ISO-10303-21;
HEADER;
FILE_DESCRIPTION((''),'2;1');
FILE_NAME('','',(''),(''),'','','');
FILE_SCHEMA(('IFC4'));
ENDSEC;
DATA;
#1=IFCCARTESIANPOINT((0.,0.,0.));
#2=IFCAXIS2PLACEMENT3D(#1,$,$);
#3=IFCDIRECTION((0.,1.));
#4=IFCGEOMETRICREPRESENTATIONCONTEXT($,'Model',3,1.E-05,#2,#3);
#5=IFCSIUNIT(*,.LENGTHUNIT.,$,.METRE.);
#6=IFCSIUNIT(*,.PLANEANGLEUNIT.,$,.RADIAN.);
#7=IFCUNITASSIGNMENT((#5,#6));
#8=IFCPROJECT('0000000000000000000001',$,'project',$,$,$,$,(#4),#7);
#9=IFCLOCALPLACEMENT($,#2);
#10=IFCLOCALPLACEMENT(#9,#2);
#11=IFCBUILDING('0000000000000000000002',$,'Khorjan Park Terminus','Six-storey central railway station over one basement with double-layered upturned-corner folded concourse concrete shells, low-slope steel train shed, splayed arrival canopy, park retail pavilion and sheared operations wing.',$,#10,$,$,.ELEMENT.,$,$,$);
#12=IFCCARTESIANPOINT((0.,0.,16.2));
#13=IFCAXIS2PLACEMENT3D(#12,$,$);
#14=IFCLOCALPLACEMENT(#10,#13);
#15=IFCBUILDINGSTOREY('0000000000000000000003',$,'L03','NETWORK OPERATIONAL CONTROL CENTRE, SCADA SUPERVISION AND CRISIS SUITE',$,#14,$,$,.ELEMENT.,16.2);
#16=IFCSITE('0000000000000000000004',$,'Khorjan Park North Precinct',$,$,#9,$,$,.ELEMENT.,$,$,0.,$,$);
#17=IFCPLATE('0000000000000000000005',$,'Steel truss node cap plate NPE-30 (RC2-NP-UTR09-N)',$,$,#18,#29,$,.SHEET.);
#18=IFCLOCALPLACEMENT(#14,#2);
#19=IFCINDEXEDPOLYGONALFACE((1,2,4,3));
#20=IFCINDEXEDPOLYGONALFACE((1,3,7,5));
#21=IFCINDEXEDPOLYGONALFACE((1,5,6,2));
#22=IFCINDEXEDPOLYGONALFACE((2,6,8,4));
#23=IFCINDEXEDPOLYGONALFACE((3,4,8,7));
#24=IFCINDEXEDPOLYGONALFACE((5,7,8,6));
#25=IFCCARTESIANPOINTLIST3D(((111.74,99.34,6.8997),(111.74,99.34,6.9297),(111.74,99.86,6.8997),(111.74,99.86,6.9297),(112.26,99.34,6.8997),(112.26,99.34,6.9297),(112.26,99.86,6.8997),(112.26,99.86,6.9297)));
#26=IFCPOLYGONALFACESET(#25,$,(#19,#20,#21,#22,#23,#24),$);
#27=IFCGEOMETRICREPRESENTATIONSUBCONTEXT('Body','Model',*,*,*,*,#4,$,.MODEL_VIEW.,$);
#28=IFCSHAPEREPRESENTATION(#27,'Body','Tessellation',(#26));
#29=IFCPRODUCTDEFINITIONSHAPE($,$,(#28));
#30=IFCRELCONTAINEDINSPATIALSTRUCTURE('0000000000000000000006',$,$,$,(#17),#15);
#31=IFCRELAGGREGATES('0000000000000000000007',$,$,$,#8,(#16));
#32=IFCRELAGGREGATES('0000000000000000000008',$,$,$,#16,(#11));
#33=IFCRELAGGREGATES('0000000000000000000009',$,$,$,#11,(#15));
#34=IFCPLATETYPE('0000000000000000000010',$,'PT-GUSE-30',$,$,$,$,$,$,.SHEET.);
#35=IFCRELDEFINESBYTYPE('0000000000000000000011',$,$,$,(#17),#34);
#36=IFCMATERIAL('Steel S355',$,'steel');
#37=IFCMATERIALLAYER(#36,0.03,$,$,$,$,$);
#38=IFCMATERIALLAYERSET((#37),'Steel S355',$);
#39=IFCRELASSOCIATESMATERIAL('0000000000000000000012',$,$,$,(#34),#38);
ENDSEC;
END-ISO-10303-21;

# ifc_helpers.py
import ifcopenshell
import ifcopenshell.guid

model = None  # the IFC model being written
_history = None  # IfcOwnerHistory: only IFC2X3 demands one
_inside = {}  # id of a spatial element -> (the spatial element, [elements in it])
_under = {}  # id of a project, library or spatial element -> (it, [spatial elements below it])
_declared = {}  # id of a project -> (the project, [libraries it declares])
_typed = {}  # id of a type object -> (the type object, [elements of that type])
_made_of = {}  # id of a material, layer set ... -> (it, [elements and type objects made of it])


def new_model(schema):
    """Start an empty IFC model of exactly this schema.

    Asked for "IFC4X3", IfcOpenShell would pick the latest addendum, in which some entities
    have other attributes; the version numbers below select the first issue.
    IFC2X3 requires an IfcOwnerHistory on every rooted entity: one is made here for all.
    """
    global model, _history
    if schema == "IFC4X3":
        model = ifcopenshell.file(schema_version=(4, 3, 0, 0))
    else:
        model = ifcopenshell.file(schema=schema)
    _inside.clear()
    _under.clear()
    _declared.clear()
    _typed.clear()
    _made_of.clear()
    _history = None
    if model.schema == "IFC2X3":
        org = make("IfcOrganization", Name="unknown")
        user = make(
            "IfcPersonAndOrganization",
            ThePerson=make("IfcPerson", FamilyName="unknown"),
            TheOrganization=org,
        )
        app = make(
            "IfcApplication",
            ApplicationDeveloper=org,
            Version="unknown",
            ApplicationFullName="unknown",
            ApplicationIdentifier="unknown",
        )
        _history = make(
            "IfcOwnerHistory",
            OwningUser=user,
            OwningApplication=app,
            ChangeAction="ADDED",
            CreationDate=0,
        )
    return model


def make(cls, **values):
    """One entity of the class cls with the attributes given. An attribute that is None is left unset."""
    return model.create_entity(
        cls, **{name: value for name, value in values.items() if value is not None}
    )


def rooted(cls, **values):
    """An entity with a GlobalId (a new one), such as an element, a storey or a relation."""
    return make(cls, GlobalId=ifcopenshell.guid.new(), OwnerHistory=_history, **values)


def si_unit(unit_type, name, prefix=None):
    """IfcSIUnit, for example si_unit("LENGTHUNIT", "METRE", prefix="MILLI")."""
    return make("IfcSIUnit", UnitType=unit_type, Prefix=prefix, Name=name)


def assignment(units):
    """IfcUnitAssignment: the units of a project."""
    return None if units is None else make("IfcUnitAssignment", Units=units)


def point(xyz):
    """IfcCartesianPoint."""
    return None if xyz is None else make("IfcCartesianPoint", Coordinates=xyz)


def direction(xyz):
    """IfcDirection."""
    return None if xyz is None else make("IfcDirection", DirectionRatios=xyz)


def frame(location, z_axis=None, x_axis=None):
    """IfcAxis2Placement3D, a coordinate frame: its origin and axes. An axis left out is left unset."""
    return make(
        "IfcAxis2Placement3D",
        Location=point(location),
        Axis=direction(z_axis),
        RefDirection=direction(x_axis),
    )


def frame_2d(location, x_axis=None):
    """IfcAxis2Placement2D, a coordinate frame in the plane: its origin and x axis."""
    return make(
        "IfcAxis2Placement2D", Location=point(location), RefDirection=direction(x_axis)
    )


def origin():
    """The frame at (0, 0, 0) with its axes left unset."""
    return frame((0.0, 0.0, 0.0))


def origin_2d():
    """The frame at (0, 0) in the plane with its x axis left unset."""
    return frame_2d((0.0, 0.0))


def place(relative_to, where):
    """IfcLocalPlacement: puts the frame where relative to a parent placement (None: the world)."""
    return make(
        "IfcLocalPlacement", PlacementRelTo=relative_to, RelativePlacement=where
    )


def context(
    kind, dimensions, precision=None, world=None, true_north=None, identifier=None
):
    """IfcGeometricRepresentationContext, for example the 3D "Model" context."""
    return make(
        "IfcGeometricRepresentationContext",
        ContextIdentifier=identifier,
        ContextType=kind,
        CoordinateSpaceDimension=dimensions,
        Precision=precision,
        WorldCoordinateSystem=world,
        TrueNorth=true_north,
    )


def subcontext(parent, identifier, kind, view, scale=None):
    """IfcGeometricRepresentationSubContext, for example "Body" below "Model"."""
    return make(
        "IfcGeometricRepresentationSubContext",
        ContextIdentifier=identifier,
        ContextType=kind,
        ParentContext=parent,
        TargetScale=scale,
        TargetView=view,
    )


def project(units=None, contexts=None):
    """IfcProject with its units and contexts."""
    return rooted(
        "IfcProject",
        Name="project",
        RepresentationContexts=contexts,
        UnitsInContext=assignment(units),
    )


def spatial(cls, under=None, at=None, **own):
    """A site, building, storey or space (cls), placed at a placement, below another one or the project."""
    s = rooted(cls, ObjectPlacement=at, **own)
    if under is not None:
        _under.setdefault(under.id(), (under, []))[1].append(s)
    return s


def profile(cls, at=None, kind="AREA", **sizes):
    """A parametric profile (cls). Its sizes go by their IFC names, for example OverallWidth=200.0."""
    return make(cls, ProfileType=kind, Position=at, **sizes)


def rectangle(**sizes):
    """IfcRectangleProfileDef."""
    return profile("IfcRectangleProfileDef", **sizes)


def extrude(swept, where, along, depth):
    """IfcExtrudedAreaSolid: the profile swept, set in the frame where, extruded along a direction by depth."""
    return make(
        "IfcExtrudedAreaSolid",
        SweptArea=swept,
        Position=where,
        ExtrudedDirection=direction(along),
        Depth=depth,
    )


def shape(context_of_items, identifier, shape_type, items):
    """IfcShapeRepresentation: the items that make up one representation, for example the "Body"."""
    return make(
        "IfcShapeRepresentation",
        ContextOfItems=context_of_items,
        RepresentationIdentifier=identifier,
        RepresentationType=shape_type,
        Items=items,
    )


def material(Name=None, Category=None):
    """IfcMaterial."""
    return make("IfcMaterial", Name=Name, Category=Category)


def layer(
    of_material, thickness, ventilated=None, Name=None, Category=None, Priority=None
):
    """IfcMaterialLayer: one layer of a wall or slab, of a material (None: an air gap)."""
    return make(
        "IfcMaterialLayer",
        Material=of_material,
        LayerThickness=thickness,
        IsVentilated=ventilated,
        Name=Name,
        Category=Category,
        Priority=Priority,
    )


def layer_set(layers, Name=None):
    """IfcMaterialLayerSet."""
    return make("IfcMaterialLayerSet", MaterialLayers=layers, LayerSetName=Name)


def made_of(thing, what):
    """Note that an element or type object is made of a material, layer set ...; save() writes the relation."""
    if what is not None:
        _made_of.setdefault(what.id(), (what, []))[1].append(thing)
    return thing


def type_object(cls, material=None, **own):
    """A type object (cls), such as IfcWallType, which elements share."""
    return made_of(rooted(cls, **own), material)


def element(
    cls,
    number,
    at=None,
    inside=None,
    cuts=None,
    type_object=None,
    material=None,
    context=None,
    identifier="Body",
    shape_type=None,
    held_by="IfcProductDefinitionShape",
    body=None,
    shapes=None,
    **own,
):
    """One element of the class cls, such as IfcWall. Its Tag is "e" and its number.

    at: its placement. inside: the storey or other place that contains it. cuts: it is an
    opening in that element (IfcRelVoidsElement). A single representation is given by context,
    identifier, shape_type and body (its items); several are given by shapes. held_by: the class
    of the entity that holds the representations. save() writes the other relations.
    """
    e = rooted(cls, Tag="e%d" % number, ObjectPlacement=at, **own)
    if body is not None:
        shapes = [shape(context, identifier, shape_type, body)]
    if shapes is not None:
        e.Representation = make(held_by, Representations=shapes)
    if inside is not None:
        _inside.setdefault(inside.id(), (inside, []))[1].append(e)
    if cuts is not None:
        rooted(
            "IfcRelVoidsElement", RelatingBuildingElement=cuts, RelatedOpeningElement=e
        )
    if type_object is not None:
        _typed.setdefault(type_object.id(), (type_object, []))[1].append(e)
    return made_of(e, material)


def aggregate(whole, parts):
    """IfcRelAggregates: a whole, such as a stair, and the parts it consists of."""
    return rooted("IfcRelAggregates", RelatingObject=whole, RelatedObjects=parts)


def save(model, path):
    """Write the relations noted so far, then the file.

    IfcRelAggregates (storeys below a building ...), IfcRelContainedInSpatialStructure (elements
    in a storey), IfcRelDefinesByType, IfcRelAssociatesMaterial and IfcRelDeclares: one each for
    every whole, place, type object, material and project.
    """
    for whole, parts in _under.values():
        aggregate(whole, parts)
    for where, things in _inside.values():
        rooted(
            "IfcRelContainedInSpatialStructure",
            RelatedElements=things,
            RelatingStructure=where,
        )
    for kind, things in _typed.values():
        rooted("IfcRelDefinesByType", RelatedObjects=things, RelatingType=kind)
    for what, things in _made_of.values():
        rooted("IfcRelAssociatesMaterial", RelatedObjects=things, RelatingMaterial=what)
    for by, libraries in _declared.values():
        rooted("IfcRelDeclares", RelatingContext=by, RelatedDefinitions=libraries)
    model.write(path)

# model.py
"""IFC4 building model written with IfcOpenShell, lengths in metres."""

from ifc_helpers import new_model, si_unit, direction, frame, origin, origin_2d, place, context, subcontext, project, spatial, rectangle, extrude, material, layer, layer_set, type_object, element, save


model = new_model("IFC4")

# Units and contexts
model_context = context("Model", 3, precision=1e-05, world=origin(), true_north=direction((0.0, 1.0)))
body_context = subcontext(model_context, "Body", "Model", "MODEL_VIEW")
ifc_project = project(units=[si_unit("LENGTHUNIT", "METRE"), si_unit("PLANEANGLEUNIT", "RADIAN")], contexts=[model_context])

# Site, building, storey
site_placement = place(None, origin())
site = spatial("IfcSite", under=ifc_project, at=site_placement, Name="Khorjan Park North Precinct", CompositionType="ELEMENT", RefElevation=0.0)
building_placement = place(site_placement, origin())
building = spatial("IfcBuilding", under=site, at=building_placement, Name="Khorjan Park Terminus", Description="Six-storey central railway station over one basement with double-layered upturned-corner folded concourse concrete shells, low-slope steel train shed, splayed arrival canopy, park retail pavilion and sheared operations wing.", CompositionType="ELEMENT")
storey_placement = place(building_placement, frame((0.0, 0.0, 16.2)))
storey = spatial("IfcBuildingStorey", under=building, at=storey_placement, Name="L03", Description="NETWORK OPERATIONAL CONTROL CENTRE, SCADA SUPERVISION AND CRISIS SUITE", CompositionType="ELEMENT", Elevation=16.2)

# Shared definitions
ifc_material_1 = material(Name="Steel S355", Category="steel")

# Plate
ifc_layer_1 = layer(ifc_material_1, 0.03)
ifc_layer_set_1 = layer_set([ifc_layer_1], Name="Steel S355")
plate_type_1 = type_object("IfcPlateType", Name="PT-GUSE-30", PredefinedType="SHEET", material=ifc_layer_set_1)
plate_1_placement = place(storey_placement, frame((112.0, 99.6, 6.8997), z_axis=(0.0, 0.0, 1.0), x_axis=(1.0, 0.0, 0.0)))
element("IfcPlate", 1, at=plate_1_placement, inside=storey, type_object=plate_type_1, Name="Steel truss node cap plate NPE-30 (RC2-NP-UTR09-N)", PredefinedType="SHEET", context=body_context, shape_type="SweptSolid", body=[
    extrude(rectangle(XDim=0.52, YDim=0.52, at=origin_2d()), origin(), (0.0, 0.0, 1.0), 0.03),
])

save(model, "model.ifc")
